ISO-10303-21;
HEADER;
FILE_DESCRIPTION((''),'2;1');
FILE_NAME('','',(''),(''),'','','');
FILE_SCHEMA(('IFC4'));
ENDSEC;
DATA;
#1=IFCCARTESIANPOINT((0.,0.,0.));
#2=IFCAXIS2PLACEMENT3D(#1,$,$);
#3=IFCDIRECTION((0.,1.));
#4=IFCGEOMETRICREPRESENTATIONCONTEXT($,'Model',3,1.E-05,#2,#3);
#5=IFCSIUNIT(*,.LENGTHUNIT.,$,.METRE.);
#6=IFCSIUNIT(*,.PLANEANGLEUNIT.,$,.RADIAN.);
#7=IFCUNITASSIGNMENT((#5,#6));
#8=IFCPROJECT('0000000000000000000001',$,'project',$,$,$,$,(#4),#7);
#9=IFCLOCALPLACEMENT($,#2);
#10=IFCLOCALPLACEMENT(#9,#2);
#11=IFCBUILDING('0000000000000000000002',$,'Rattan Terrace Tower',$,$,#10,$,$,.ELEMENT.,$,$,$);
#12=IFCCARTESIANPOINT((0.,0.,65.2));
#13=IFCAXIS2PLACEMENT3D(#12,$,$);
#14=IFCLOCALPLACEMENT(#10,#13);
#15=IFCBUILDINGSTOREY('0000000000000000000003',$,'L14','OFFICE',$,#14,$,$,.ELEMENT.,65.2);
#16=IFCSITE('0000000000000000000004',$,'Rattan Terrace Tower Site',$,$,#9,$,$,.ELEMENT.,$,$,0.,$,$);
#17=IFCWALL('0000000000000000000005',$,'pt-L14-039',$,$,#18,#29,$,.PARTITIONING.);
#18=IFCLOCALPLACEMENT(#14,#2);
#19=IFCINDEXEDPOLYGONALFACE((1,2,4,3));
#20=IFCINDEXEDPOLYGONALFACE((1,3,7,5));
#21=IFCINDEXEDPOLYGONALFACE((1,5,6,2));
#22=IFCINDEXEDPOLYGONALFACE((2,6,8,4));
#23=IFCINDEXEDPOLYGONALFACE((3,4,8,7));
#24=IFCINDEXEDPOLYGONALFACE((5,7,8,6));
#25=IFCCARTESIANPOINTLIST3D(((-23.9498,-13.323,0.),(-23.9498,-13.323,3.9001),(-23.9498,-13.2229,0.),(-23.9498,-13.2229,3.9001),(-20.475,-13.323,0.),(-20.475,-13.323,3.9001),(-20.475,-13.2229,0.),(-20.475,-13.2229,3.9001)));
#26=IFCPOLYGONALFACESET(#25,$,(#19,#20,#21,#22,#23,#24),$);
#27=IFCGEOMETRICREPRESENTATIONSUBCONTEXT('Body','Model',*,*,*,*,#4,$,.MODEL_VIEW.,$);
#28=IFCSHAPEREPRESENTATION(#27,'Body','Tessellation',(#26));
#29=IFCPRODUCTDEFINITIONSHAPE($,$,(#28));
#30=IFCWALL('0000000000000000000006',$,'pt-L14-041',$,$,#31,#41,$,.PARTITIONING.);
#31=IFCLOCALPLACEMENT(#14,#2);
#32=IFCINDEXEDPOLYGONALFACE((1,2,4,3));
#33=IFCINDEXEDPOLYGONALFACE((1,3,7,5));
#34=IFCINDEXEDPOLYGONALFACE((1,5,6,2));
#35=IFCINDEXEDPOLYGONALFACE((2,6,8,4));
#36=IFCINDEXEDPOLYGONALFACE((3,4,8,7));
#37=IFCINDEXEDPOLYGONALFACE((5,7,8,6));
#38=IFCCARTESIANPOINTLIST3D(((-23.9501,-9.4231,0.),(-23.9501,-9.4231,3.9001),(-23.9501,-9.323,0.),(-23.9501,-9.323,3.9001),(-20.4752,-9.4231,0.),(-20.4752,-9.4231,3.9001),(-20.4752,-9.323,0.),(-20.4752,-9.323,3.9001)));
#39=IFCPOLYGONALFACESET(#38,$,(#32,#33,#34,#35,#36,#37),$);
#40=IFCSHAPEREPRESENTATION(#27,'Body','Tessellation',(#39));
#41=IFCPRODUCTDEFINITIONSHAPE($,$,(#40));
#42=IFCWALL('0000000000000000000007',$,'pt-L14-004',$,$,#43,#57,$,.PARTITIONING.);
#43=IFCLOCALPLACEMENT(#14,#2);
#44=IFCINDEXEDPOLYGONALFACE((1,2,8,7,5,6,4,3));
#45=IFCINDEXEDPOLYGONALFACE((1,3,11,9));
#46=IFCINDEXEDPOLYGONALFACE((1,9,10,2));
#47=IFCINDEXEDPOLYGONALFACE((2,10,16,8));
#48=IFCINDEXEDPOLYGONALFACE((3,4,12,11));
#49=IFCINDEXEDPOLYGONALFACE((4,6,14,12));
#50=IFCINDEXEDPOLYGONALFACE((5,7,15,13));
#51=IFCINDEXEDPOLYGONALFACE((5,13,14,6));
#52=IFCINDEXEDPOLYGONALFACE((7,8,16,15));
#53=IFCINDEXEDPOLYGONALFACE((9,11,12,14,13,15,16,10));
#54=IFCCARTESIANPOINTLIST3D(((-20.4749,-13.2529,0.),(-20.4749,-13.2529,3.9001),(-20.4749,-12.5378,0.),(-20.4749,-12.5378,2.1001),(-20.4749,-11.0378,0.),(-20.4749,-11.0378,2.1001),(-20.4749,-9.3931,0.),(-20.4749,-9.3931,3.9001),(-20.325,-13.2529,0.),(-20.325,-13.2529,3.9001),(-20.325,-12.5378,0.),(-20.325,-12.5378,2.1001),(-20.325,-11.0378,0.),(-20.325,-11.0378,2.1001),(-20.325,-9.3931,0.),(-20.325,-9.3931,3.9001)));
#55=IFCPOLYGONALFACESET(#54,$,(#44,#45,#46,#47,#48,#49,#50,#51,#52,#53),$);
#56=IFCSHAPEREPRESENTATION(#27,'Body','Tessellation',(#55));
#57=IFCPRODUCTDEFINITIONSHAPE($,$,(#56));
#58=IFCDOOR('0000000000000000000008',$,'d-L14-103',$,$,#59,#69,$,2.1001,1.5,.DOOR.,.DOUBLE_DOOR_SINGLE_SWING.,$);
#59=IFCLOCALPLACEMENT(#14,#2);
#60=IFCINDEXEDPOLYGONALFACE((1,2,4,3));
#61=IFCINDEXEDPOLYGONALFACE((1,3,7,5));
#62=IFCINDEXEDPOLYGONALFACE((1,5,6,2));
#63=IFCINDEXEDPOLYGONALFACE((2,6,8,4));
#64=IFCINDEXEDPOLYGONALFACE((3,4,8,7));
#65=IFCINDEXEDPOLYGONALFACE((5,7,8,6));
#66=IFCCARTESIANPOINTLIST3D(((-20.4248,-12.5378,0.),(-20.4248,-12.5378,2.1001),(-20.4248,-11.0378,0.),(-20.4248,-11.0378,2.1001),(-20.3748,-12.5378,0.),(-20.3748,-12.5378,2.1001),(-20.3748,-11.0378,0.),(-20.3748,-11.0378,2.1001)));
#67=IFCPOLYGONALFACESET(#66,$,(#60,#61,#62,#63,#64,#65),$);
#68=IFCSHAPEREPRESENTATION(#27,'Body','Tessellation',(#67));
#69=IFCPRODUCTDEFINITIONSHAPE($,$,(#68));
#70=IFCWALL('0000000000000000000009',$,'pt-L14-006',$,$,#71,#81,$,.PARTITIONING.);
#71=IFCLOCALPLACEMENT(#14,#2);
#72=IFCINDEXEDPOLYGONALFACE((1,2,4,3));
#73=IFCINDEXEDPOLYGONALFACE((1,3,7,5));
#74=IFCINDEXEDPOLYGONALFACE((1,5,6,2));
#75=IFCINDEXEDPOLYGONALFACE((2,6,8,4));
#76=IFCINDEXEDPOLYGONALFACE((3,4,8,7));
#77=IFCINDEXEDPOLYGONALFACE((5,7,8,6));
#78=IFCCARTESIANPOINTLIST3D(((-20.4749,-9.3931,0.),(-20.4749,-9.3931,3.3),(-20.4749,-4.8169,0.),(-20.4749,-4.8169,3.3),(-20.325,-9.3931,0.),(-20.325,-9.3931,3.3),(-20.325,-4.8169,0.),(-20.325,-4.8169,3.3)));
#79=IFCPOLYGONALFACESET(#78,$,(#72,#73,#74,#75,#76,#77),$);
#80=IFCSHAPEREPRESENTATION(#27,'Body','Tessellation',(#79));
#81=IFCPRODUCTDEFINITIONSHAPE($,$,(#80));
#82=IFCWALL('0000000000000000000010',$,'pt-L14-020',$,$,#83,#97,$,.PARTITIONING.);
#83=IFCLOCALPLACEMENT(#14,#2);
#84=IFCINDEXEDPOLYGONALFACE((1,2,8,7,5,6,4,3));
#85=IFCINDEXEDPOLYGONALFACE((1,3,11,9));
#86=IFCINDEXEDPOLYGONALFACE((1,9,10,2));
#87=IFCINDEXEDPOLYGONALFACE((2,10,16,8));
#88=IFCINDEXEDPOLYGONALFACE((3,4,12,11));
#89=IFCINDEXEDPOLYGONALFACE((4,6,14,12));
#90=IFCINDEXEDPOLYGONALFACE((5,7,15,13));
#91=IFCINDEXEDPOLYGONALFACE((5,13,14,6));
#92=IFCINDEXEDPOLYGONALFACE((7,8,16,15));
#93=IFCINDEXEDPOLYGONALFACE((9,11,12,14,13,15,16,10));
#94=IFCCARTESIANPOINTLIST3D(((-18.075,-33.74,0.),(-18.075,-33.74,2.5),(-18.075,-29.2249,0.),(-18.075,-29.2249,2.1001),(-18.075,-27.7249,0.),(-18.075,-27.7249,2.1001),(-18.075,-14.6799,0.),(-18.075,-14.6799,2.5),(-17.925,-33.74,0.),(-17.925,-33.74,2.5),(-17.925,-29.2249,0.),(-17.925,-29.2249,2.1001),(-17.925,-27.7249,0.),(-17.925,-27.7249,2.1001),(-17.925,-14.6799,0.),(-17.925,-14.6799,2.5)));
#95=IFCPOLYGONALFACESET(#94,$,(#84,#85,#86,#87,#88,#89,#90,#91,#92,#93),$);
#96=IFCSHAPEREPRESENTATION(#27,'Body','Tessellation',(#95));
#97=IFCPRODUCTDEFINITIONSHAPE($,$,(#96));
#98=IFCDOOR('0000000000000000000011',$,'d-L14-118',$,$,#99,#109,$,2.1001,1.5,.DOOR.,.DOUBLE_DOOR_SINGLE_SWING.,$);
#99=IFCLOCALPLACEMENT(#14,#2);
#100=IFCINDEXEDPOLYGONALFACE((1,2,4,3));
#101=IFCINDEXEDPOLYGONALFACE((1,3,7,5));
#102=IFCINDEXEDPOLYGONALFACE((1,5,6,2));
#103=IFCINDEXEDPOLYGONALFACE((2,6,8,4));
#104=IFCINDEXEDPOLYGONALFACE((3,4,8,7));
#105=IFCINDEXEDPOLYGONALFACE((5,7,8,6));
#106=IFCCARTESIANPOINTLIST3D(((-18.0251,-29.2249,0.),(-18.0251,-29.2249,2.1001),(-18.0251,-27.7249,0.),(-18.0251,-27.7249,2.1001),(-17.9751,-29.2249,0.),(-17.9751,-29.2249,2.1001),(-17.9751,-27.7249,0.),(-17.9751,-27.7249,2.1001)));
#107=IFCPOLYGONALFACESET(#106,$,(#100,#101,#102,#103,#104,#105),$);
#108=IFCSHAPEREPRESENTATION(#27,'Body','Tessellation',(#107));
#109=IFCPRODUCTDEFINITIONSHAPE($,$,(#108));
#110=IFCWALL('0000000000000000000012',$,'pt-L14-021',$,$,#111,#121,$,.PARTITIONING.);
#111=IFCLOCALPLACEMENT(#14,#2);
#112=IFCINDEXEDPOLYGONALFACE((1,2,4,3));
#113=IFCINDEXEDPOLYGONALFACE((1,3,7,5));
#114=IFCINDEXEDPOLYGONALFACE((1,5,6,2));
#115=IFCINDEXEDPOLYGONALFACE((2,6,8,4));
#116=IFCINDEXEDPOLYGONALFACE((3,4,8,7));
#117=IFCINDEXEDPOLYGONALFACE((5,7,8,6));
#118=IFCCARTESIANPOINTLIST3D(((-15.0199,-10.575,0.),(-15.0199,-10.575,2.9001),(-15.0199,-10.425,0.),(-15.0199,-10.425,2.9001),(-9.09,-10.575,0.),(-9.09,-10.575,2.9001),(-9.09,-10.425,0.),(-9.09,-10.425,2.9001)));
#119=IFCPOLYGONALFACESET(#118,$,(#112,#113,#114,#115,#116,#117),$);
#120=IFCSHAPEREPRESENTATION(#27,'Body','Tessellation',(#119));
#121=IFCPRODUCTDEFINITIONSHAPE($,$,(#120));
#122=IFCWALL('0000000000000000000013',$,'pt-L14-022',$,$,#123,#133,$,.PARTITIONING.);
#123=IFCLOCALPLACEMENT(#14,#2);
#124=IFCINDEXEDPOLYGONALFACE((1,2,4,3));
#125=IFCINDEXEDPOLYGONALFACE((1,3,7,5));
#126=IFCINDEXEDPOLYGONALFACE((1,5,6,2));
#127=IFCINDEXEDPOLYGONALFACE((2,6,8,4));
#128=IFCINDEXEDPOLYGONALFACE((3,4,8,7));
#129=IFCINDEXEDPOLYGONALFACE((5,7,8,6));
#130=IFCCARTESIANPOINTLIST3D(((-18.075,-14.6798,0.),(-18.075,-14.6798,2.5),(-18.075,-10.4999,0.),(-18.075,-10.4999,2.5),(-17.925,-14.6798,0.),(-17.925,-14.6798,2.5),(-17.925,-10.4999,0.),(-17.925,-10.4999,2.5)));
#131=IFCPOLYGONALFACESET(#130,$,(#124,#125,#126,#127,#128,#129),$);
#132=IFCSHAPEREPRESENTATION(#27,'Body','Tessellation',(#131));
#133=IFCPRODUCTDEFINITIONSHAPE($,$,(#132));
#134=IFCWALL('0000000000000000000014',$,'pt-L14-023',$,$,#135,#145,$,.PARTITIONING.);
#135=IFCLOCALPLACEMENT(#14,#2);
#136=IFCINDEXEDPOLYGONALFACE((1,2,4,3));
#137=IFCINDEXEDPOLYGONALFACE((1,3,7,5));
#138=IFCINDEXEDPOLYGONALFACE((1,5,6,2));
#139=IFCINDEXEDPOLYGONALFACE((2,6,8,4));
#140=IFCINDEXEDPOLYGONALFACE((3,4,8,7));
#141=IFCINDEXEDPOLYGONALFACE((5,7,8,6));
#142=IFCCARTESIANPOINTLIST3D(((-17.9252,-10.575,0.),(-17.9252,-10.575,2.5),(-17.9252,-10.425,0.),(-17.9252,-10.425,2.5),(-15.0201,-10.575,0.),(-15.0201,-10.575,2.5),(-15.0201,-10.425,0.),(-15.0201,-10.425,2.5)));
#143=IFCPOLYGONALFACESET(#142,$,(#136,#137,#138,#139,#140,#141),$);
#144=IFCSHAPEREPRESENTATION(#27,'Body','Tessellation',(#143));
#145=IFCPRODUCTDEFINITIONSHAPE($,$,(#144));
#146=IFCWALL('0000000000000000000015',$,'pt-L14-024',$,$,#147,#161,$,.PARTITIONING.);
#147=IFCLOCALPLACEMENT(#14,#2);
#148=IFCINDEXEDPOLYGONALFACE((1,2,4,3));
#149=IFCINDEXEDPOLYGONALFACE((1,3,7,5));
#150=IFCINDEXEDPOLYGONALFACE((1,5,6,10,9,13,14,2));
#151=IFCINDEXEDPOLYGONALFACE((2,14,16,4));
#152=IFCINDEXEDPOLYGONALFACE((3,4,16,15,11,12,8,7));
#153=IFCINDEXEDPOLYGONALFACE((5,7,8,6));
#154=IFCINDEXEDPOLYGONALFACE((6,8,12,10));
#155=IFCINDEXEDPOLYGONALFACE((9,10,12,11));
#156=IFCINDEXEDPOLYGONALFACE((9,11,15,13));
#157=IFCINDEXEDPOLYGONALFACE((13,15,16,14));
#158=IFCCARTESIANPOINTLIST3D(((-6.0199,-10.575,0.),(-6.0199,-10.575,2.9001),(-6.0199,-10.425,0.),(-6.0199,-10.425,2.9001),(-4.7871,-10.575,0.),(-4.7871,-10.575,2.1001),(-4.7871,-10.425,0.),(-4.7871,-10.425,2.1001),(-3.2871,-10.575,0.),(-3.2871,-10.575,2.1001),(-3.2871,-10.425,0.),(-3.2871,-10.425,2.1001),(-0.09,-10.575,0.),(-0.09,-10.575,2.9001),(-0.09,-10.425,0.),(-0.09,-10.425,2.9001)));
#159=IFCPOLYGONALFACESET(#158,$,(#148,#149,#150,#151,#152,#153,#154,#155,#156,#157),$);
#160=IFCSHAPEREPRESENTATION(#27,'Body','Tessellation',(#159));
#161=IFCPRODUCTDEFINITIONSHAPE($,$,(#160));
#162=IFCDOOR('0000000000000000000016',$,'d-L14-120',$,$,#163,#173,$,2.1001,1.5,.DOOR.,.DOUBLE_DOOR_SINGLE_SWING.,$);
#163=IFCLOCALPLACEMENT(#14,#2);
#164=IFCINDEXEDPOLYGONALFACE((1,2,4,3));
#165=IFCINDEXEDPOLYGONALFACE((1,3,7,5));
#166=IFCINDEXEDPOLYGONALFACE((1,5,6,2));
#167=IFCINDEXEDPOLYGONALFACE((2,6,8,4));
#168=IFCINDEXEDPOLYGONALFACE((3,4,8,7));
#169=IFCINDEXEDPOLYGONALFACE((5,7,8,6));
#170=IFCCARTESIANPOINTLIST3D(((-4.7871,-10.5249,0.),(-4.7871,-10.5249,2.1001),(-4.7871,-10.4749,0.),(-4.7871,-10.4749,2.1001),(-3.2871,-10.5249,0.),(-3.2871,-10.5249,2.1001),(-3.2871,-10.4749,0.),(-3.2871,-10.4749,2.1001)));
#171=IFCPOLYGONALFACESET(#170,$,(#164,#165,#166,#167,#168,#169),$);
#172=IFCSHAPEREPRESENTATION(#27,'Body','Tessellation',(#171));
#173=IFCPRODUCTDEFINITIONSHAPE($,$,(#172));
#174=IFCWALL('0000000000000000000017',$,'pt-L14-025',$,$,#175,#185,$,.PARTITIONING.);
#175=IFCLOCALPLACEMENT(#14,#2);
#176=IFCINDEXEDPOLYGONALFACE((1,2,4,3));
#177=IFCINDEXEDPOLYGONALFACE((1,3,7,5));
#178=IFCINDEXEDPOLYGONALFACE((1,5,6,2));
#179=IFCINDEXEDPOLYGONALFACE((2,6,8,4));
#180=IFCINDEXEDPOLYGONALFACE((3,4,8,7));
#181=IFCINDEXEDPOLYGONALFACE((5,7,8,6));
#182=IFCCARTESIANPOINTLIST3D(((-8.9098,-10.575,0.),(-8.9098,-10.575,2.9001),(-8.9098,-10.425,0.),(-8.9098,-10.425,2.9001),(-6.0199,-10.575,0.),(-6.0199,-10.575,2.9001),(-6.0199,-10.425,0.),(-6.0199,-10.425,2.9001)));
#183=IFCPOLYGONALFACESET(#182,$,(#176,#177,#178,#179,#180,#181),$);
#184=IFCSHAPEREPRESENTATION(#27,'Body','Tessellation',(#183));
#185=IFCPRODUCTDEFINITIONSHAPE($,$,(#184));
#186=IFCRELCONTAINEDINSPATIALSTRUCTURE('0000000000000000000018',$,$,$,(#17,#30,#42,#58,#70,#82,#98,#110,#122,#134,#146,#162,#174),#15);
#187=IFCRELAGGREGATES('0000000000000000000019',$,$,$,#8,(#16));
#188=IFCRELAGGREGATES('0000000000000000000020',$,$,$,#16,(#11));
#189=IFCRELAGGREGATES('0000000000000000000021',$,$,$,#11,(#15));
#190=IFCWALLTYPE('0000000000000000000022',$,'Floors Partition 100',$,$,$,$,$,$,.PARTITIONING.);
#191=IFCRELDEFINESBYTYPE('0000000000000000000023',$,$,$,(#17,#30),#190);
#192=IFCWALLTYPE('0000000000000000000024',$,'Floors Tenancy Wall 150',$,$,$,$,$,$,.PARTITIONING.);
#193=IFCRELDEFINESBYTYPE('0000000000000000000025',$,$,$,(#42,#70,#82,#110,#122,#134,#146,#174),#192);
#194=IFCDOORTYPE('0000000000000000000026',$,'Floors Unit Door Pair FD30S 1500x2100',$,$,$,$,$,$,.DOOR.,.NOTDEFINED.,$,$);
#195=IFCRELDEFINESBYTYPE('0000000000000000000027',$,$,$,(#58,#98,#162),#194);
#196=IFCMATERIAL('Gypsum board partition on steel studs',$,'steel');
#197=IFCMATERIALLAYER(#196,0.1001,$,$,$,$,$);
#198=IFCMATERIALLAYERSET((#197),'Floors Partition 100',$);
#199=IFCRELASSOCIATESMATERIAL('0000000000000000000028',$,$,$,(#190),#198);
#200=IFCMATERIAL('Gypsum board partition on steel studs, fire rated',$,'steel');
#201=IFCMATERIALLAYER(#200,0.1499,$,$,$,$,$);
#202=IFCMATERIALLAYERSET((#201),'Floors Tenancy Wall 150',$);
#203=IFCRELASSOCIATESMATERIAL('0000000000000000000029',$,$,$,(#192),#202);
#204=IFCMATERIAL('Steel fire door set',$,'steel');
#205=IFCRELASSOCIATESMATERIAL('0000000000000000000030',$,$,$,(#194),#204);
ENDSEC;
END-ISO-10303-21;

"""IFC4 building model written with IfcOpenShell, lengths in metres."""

from ifc_helpers import new_model, si_unit, direction, frame, frame_2d, origin, place, context, subcontext, project, spatial, rectangle, extrude, material, layer, layer_set, type_object, element, fill, save


model = new_model("IFC4")

# Units and contexts
model_context = context("Model", 3, precision=1e-05, world=origin(), true_north=direction((0.0, 1.0)))
body_context = subcontext(model_context, "Body", "Model", "MODEL_VIEW")
ifc_project = project(units=[si_unit("LENGTHUNIT", "METRE"), si_unit("PLANEANGLEUNIT", "RADIAN")], contexts=[model_context])

# Site, building, storey
site_placement = place(None, origin())
site = spatial("IfcSite", under=ifc_project, at=site_placement, Name="Rattan Terrace Tower Site", CompositionType="ELEMENT", RefElevation=0.0)
building_placement = place(site_placement, origin())
building = spatial("IfcBuilding", under=site, at=building_placement, Name="Rattan Terrace Tower", CompositionType="ELEMENT")
storey_placement = place(building_placement, frame((0.0, 0.0, 65.2)))
storey = spatial("IfcBuildingStorey", under=building, at=storey_placement, Name="L14", Description="OFFICE", CompositionType="ELEMENT", Elevation=65.2)

# Shared definitions
ifc_material_1 = material(Name="Gypsum board partition on steel studs", Category="steel")
ifc_layer_1 = layer(ifc_material_1, 0.1001)
ifc_layer_set_1 = layer_set([ifc_layer_1], Name="Floors Partition 100")
wall_type_1 = type_object("IfcWallType", Name="Floors Partition 100", PredefinedType="PARTITIONING", material=ifc_layer_set_1)

# Walls
for number, where, z_axis, x_axis, name in (
    (1, (-20.4751, -13.2729, 0.0), (0.0, 0.0, 1.0), (-1.0, 0.0, 0.0), "pt-L14-039"),
    (2, (-23.95, -9.373, 0.0), (0.0, 0.0, 1.0), (1.0, 0.0, 0.0), "pt-L14-041"),
):
    element("IfcWall", number, at=place(storey_placement, frame(where, z_axis=z_axis, x_axis=x_axis)), inside=storey, type_object=wall_type_1, Name=name, PredefinedType="PARTITIONING", context=body_context, shape_type="SweptSolid", body=[
        extrude(rectangle(XDim=3.4749, YDim=0.1001, at=frame_2d((1.7373, 0.0))), origin(), (0.0, 0.0, 1.0), 3.9001),
    ])

# Wall, opening, door
ifc_material_2 = material(Name="Gypsum board partition on steel studs, fire rated", Category="steel")
ifc_layer_2 = layer(ifc_material_2, 0.1499)
ifc_layer_set_2 = layer_set([ifc_layer_2], Name="Floors Tenancy Wall 150")
wall_type_2 = type_object("IfcWallType", Name="Floors Tenancy Wall 150", PredefinedType="PARTITIONING", material=ifc_layer_set_2)
wall_1_placement = place(storey_placement, frame((-20.3999, -13.2529, 0.0), z_axis=(0.0, 0.0, 1.0), x_axis=(0.0, 1.0, 0.0)))
wall_1 = element("IfcWall", 3, at=wall_1_placement, inside=storey, type_object=wall_type_2, Name="pt-L14-004", PredefinedType="PARTITIONING", context=body_context, shape_type="SweptSolid", body=[
    extrude(rectangle(XDim=3.8599, YDim=0.1499, at=frame_2d((1.9299, 0.0))), origin(), (0.0, 0.0, 1.0), 3.9001),
])
opening_1_placement = place(wall_1_placement, frame((0.7151, 0.0, 0.0)))
opening_1 = element("IfcOpeningElement", 4, at=opening_1_placement, cuts=wall_1, PredefinedType="OPENING", context=body_context, shape_type="SweptSolid", body=[
    extrude(rectangle(XDim=1.5, YDim=2.1001, at=frame_2d((0.75, 1.05))), frame((0.0, 0.0854, 0.0), z_axis=(0.0, -1.0, 0.0), x_axis=(1.0, 0.0, 0.0)), (0.0, 0.0, 1.0), 0.1709),
])
ifc_material_3 = material(Name="Steel fire door set", Category="steel")
door_type_1 = type_object("IfcDoorType", Name="Floors Unit Door Pair FD30S 1500x2100", OperationType="NOTDEFINED", PredefinedType="DOOR", material=ifc_material_3)
door_1_placement = place(opening_1_placement, origin())
door_1 = element("IfcDoor", 5, at=door_1_placement, inside=storey, type_object=door_type_1, Name="d-L14-103", OperationType="DOUBLE_DOOR_SINGLE_SWING", OverallHeight=2.1001, OverallWidth=1.5, PredefinedType="DOOR", context=body_context, shape_type="SweptSolid", body=[
    extrude(rectangle(XDim=1.5, YDim=2.1001, at=frame_2d((0.75, 1.05))), frame((0.0, 0.0249, 0.0), z_axis=(0.0, -1.0, 0.0), x_axis=(1.0, 0.0, 0.0)), (0.0, 0.0, 1.0), 0.05),
])
fill(opening_1, door_1)

# Wall
wall_2_placement = place(storey_placement, frame((-20.3999, -9.3931, 0.0), z_axis=(0.0, 0.0, 1.0), x_axis=(0.0, 1.0, 0.0)))
element("IfcWall", 6, at=wall_2_placement, inside=storey, type_object=wall_type_2, Name="pt-L14-006", PredefinedType="PARTITIONING", context=body_context, shape_type="SweptSolid", body=[
    extrude(rectangle(XDim=4.5762, YDim=0.1499, at=frame_2d((2.2881, 0.0))), origin(), (0.0, 0.0, 1.0), 3.3),
])

# Wall, opening, door
wall_3_placement = place(storey_placement, frame((-18.0, -14.6799, 0.0), z_axis=(0.0, 0.0, 1.0), x_axis=(0.0, -1.0, 0.0)))
wall_3 = element("IfcWall", 7, at=wall_3_placement, inside=storey, type_object=wall_type_2, Name="pt-L14-020", PredefinedType="PARTITIONING", context=body_context, shape_type="SweptSolid", body=[
    extrude(rectangle(XDim=19.0601, YDim=0.1499, at=frame_2d((9.53, 0.0))), origin(), (0.0, 0.0, 1.0), 2.5),
])
opening_2_placement = place(wall_3_placement, frame((13.0449, 0.0, 0.0)))
opening_2 = element("IfcOpeningElement", 8, at=opening_2_placement, cuts=wall_3, PredefinedType="OPENING", context=body_context, shape_type="SweptSolid", body=[
    extrude(rectangle(XDim=1.5, YDim=2.1001, at=frame_2d((0.75, 1.05))), frame((0.0, 0.0854, 0.0), z_axis=(0.0, -1.0, 0.0), x_axis=(1.0, 0.0, 0.0)), (0.0, 0.0, 1.0), 0.1709),
])
door_2_placement = place(opening_2_placement, origin())
door_2 = element("IfcDoor", 9, at=door_2_placement, inside=storey, type_object=door_type_1, Name="d-L14-118", OperationType="DOUBLE_DOOR_SINGLE_SWING", OverallHeight=2.1001, OverallWidth=1.5, PredefinedType="DOOR", context=body_context, shape_type="SweptSolid", body=[
    extrude(rectangle(XDim=1.5, YDim=2.1001, at=frame_2d((0.75, 1.05))), frame((0.0, 0.0249, 0.0), z_axis=(0.0, -1.0, 0.0), x_axis=(1.0, 0.0, 0.0)), (0.0, 0.0, 1.0), 0.05),
])
fill(opening_2, door_2)

# Walls
wall_4_placement = place(storey_placement, frame((-9.0901, -10.5, 0.0), z_axis=(0.0, 0.0, 1.0), x_axis=(-1.0, 0.0, 0.0)))
element("IfcWall", 10, at=wall_4_placement, inside=storey, type_object=wall_type_2, Name="pt-L14-021", PredefinedType="PARTITIONING", context=body_context, shape_type="SweptSolid", body=[
    extrude(rectangle(XDim=5.9299, YDim=0.1499, at=frame_2d((2.9648, 0.0))), origin(), (0.0, 0.0, 1.0), 2.9001),
])
wall_5_placement = place(storey_placement, frame((-18.0, -10.5, 0.0), z_axis=(0.0, 0.0, 1.0), x_axis=(0.0, -1.0, 0.0)))
element("IfcWall", 11, at=wall_5_placement, inside=storey, type_object=wall_type_2, Name="pt-L14-022", PredefinedType="PARTITIONING", context=body_context, shape_type="SweptSolid", body=[
    extrude(rectangle(XDim=4.1799, YDim=0.1499, at=frame_2d((2.0898, 0.0))), origin(), (0.0, 0.0, 1.0), 2.5),
])
wall_6_placement = place(storey_placement, frame((-15.02, -10.5, 0.0), z_axis=(0.0, 0.0, 1.0), x_axis=(-1.0, 0.0, 0.0)))
element("IfcWall", 12, at=wall_6_placement, inside=storey, type_object=wall_type_2, Name="pt-L14-023", PredefinedType="PARTITIONING", context=body_context, shape_type="SweptSolid", body=[
    extrude(rectangle(XDim=2.905, YDim=0.1499, at=frame_2d((1.4526, 0.0))), origin(), (0.0, 0.0, 1.0), 2.5),
])

# Wall, opening, door
wall_7_placement = place(storey_placement, frame((-0.0901, -10.5, 0.0), z_axis=(0.0, 0.0, 1.0), x_axis=(-1.0, 0.0, 0.0)))
wall_7 = element("IfcWall", 13, at=wall_7_placement, inside=storey, type_object=wall_type_2, Name="pt-L14-024", PredefinedType="PARTITIONING", context=body_context, shape_type="SweptSolid", body=[
    extrude(rectangle(XDim=5.9299, YDim=0.1499, at=frame_2d((2.9648, 0.0))), origin(), (0.0, 0.0, 1.0), 2.9001),
])
opening_3_placement = place(wall_7_placement, frame((3.197, 0.0, 0.0)))
opening_3 = element("IfcOpeningElement", 14, at=opening_3_placement, cuts=wall_7, PredefinedType="OPENING", context=body_context, shape_type="SweptSolid", body=[
    extrude(rectangle(XDim=1.5, YDim=2.1001, at=frame_2d((0.75, 1.05))), frame((0.0, 0.0854, 0.0), z_axis=(0.0, -1.0, 0.0), x_axis=(1.0, 0.0, 0.0)), (0.0, 0.0, 1.0), 0.1709),
])
door_3_placement = place(opening_3_placement, origin())
door_3 = element("IfcDoor", 15, at=door_3_placement, inside=storey, type_object=door_type_1, Name="d-L14-120", OperationType="DOUBLE_DOOR_SINGLE_SWING", OverallHeight=2.1001, OverallWidth=1.5, PredefinedType="DOOR", context=body_context, shape_type="SweptSolid", body=[
    extrude(rectangle(XDim=1.5, YDim=2.1001, at=frame_2d((0.75, 1.05))), frame((0.0, 0.0249, 0.0), z_axis=(0.0, -1.0, 0.0), x_axis=(1.0, 0.0, 0.0)), (0.0, 0.0, 1.0), 0.05),
])
fill(opening_3, door_3)

# Wall
wall_8_placement = place(storey_placement, frame((-6.02, -10.5, 0.0), z_axis=(0.0, 0.0, 1.0), x_axis=(-1.0, 0.0, 0.0)))
element("IfcWall", 16, at=wall_8_placement, inside=storey, type_object=wall_type_2, Name="pt-L14-025", PredefinedType="PARTITIONING", context=body_context, shape_type="SweptSolid", body=[
    extrude(rectangle(XDim=2.8899, YDim=0.1499, at=frame_2d((1.4448, 0.0))), origin(), (0.0, 0.0, 1.0), 2.9001),
])

save(model, "model.ifc")
